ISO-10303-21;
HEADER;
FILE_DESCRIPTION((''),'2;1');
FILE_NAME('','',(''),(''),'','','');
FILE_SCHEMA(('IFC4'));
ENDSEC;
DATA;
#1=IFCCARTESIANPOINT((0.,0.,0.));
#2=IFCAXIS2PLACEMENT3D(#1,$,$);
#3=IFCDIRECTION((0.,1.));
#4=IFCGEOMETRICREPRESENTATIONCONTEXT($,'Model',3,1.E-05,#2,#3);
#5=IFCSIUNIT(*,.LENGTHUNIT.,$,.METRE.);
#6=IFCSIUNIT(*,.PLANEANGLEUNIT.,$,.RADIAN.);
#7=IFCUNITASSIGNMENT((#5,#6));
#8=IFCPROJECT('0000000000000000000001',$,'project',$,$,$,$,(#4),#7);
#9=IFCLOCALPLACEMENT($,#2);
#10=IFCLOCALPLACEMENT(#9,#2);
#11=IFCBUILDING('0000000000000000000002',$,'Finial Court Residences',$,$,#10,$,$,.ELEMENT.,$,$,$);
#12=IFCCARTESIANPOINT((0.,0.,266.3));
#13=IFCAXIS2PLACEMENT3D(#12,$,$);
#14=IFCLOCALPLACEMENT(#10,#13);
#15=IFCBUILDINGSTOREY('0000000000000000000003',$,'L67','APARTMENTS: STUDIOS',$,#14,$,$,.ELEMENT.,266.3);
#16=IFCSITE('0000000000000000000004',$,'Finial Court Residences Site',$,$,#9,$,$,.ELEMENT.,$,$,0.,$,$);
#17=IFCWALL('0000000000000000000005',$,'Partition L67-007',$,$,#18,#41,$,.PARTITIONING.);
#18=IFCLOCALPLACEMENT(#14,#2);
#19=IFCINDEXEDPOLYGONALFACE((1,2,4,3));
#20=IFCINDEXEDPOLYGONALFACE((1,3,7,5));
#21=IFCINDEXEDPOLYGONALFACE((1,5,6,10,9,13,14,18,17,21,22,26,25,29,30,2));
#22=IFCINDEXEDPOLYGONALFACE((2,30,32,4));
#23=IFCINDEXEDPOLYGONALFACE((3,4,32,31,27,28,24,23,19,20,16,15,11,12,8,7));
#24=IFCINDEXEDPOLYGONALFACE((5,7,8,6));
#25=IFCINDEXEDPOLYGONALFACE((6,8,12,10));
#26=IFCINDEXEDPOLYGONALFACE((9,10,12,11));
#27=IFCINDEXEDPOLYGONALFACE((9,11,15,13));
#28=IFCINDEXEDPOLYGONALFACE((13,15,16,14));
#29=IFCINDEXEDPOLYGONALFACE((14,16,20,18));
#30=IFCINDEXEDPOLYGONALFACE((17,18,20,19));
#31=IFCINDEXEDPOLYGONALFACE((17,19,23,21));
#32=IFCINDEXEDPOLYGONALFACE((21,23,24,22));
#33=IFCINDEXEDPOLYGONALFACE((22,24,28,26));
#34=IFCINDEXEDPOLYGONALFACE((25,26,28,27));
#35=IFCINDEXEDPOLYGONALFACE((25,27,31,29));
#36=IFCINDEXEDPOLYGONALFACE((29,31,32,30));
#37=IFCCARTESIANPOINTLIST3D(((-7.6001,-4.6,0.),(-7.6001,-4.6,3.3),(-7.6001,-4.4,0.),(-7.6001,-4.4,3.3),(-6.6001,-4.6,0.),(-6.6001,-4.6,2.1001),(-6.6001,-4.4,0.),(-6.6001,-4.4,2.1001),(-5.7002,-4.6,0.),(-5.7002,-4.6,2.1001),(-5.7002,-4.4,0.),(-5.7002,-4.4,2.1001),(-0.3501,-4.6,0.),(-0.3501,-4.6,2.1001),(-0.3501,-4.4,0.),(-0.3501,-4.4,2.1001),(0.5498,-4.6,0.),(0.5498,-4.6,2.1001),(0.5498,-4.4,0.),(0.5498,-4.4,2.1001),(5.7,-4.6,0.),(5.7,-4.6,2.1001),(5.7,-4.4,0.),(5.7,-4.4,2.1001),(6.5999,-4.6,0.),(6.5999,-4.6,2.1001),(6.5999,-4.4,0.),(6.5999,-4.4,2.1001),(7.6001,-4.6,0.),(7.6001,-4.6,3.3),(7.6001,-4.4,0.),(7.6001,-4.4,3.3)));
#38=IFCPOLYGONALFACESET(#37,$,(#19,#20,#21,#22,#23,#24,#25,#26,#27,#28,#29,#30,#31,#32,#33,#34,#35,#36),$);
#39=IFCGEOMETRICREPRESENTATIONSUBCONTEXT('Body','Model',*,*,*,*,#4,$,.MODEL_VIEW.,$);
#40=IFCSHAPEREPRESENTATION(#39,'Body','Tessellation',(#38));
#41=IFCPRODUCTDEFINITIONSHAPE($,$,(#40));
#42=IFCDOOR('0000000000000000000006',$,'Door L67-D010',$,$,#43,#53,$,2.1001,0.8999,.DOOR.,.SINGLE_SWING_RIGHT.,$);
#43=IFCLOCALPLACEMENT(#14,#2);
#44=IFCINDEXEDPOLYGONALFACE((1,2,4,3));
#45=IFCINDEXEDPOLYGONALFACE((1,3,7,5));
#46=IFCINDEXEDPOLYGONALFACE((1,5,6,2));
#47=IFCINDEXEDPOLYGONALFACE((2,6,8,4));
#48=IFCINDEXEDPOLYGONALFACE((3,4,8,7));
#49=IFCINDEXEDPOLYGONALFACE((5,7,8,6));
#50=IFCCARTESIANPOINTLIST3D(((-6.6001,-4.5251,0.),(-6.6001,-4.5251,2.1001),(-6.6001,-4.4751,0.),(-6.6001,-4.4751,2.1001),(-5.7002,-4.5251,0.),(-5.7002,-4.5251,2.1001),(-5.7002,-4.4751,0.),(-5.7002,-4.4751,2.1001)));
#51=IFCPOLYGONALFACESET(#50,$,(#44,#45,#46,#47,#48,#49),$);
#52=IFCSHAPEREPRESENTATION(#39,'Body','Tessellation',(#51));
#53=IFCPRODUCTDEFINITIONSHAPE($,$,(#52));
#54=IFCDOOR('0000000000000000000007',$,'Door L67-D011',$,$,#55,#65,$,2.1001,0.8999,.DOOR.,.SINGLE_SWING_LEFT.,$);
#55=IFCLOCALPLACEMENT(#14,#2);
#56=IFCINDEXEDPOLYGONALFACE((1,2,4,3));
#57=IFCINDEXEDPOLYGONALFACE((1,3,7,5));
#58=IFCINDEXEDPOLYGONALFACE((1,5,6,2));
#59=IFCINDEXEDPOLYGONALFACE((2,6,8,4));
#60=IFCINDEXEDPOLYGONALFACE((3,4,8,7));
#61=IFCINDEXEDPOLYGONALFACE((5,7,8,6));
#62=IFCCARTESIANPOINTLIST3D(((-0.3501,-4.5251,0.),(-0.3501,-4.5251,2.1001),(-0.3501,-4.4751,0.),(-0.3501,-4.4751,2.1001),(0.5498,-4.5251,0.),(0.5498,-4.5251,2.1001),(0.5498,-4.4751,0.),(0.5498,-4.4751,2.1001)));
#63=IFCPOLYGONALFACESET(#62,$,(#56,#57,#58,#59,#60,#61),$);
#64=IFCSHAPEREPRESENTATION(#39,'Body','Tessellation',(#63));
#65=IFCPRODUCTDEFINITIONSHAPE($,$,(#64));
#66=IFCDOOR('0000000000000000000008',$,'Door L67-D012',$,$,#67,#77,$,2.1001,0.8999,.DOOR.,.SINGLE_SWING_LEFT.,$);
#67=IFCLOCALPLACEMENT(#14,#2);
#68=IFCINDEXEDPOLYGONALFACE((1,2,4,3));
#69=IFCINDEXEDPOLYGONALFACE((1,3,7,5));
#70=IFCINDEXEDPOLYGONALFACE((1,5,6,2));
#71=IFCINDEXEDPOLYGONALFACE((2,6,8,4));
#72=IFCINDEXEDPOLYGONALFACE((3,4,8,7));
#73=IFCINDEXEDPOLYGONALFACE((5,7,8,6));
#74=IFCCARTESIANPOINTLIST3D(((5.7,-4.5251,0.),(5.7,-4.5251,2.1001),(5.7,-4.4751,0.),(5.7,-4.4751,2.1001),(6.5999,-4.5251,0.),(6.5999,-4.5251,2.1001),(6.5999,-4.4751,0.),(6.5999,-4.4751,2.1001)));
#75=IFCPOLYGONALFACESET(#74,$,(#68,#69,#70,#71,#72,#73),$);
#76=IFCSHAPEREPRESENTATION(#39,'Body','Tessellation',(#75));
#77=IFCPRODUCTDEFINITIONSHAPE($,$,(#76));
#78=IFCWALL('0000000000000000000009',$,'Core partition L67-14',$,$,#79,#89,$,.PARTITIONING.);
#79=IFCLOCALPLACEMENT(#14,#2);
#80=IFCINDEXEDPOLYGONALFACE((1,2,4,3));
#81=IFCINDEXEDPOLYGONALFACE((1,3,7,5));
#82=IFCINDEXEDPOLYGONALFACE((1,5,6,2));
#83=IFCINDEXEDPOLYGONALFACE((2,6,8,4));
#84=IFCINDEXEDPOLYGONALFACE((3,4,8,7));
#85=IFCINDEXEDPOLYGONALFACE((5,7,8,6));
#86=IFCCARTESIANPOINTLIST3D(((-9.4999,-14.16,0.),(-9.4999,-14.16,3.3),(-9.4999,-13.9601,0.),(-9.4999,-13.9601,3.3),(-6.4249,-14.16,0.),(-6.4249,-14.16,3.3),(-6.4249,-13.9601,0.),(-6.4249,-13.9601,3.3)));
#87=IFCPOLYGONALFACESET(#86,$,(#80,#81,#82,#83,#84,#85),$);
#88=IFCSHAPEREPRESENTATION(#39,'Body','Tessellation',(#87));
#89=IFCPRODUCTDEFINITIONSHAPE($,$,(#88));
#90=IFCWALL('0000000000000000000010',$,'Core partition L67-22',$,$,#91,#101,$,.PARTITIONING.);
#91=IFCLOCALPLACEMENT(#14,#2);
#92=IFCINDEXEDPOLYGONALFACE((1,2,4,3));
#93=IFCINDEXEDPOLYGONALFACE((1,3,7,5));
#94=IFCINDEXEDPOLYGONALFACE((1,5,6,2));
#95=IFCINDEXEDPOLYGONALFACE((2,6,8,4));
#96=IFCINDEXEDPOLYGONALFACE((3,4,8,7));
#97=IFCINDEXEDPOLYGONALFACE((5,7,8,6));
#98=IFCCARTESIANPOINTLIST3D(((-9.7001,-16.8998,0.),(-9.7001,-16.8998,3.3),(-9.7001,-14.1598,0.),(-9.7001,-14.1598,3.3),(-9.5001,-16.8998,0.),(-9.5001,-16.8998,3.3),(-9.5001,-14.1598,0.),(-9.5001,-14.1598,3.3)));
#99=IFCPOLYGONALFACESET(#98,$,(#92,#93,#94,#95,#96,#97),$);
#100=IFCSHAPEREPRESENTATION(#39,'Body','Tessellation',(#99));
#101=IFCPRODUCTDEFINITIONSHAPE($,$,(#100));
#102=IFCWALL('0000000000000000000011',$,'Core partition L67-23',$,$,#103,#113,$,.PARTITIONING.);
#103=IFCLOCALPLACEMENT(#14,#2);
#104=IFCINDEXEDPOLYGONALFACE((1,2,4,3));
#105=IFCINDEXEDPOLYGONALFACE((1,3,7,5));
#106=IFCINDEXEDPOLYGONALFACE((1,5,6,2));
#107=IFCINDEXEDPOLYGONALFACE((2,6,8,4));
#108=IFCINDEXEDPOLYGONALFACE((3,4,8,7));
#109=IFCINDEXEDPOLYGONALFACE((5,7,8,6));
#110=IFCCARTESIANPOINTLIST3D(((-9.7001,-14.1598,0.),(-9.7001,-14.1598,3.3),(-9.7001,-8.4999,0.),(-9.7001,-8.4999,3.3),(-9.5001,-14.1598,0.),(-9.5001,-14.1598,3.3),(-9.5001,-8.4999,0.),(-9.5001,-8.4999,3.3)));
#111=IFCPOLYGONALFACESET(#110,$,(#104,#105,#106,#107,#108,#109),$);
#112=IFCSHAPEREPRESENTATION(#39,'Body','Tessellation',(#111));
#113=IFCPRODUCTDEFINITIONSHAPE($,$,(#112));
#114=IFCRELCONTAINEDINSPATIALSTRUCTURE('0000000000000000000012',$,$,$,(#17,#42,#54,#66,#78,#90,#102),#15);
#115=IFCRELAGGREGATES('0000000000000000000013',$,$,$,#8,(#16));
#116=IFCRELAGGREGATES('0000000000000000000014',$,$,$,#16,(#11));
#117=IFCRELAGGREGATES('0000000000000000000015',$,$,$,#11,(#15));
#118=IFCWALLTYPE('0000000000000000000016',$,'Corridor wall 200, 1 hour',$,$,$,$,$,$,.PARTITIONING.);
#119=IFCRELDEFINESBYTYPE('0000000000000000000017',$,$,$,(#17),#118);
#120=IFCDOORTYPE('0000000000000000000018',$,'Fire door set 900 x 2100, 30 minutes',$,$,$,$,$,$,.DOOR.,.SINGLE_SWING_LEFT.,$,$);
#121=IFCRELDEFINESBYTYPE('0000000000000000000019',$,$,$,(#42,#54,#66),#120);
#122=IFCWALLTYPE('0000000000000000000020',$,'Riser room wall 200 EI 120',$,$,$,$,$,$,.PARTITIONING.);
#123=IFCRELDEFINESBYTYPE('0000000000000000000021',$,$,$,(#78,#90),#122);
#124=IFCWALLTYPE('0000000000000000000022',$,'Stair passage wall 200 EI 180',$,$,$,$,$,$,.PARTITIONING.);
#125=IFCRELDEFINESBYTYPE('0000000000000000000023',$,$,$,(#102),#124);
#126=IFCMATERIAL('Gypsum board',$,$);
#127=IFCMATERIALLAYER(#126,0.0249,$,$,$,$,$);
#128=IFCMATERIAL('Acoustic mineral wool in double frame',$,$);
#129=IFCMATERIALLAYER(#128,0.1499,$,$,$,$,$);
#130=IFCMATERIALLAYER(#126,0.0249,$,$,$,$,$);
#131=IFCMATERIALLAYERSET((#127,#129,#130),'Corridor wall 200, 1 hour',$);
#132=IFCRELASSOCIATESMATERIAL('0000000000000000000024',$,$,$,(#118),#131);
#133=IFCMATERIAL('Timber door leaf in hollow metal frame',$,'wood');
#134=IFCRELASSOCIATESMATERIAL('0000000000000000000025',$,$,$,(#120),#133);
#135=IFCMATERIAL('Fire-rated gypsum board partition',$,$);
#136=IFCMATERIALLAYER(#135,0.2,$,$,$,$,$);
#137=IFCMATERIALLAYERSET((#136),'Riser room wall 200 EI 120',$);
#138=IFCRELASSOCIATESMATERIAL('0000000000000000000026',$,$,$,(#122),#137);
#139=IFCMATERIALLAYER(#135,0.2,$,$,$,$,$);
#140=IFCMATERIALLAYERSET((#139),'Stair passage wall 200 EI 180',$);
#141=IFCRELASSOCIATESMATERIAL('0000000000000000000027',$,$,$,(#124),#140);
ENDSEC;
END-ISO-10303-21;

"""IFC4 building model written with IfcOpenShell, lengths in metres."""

from ifc_helpers import new_model, si_unit, direction, frame, frame_2d, origin, place, context, subcontext, project, spatial, rectangle, extrude, material, layer, layer_set, type_object, element, fill, save


model = new_model("IFC4")

# Units and contexts
model_context = context("Model", 3, precision=1e-05, world=origin(), true_north=direction((0.0, 1.0)))
body_context = subcontext(model_context, "Body", "Model", "MODEL_VIEW")
ifc_project = project(units=[si_unit("LENGTHUNIT", "METRE"), si_unit("PLANEANGLEUNIT", "RADIAN")], contexts=[model_context])

# Site, building, storey
site_placement = place(None, origin())
site = spatial("IfcSite", under=ifc_project, at=site_placement, Name="Finial Court Residences Site", CompositionType="ELEMENT", RefElevation=0.0)
building_placement = place(site_placement, origin())
building = spatial("IfcBuilding", under=site, at=building_placement, Name="Finial Court Residences", CompositionType="ELEMENT")
storey_placement = place(building_placement, frame((0.0, 0.0, 266.3)))
storey = spatial("IfcBuildingStorey", under=building, at=storey_placement, Name="L67", Description="APARTMENTS: STUDIOS", CompositionType="ELEMENT", Elevation=266.3)

# Shared definitions
ifc_material_1 = material(Name="Fire-rated gypsum board partition")

# Wall, openings, doors
ifc_material_2 = material(Name="Gypsum board")
ifc_layer_1 = layer(ifc_material_2, 0.0249)
ifc_material_3 = material(Name="Acoustic mineral wool in double frame")
ifc_layer_2 = layer(ifc_material_3, 0.1499)
ifc_layer_3 = layer(ifc_material_2, 0.0249)
ifc_layer_set_1 = layer_set([ifc_layer_1, ifc_layer_2, ifc_layer_3], Name="Corridor wall 200, 1 hour")
wall_type_1 = type_object("IfcWallType", Name="Corridor wall 200, 1 hour", PredefinedType="PARTITIONING", material=ifc_layer_set_1)
wall_1_placement = place(storey_placement, frame((-7.6001, -4.5, 0.0), z_axis=(0.0, 0.0, 1.0), x_axis=(1.0, 0.0, 0.0)))
wall_1 = element("IfcWall", 1, at=wall_1_placement, inside=storey, type_object=wall_type_1, Name="Partition L67-007", PredefinedType="PARTITIONING", context=body_context, shape_type="SweptSolid", body=[
    extrude(rectangle(XDim=15.2002, YDim=0.2, at=frame_2d((7.6001, 0.0))), origin(), (0.0, 0.0, 1.0), 3.3),
])
opening_1_placement = place(wall_1_placement, frame((1.0, 0.0, 0.0)))
opening_1 = element("IfcOpeningElement", 2, at=opening_1_placement, cuts=wall_1, PredefinedType="OPENING", context=body_context, shape_type="SweptSolid", body=[
    extrude(rectangle(XDim=0.8999, YDim=2.1001, at=frame_2d((0.45, 1.05))), frame((0.0, 0.1099, 0.0), z_axis=(0.0, -1.0, 0.0), x_axis=(1.0, 0.0, 0.0)), (0.0, 0.0, 1.0), 0.22),
])
opening_2_placement = place(wall_1_placement, frame((7.25, 0.0, 0.0)))
opening_2 = element("IfcOpeningElement", 3, at=opening_2_placement, cuts=wall_1, PredefinedType="OPENING", context=body_context, shape_type="SweptSolid", body=[
    extrude(rectangle(XDim=0.8999, YDim=2.1001, at=frame_2d((0.45, 1.05))), frame((0.0, 0.1099, 0.0), z_axis=(0.0, -1.0, 0.0), x_axis=(1.0, 0.0, 0.0)), (0.0, 0.0, 1.0), 0.22),
])
opening_3_placement = place(wall_1_placement, frame((13.3, 0.0, 0.0)))
opening_3 = element("IfcOpeningElement", 4, at=opening_3_placement, cuts=wall_1, PredefinedType="OPENING", context=body_context, shape_type="SweptSolid", body=[
    extrude(rectangle(XDim=0.8999, YDim=2.1001, at=frame_2d((0.45, 1.05))), frame((0.0, 0.1099, 0.0), z_axis=(0.0, -1.0, 0.0), x_axis=(1.0, 0.0, 0.0)), (0.0, 0.0, 1.0), 0.22),
])
ifc_material_4 = material(Name="Timber door leaf in hollow metal frame", Category="wood")
door_type_1 = type_object("IfcDoorType", Name="Fire door set 900 x 2100, 30 minutes", OperationType="SINGLE_SWING_LEFT", PredefinedType="DOOR", material=ifc_material_4)
door_1_placement = place(opening_1_placement, origin())
door_1 = element("IfcDoor", 5, at=door_1_placement, inside=storey, type_object=door_type_1, Name="Door L67-D010", OperationType="SINGLE_SWING_RIGHT", OverallHeight=2.1001, OverallWidth=0.8999, PredefinedType="DOOR", context=body_context, shape_type="SweptSolid", body=[
    extrude(rectangle(XDim=0.8999, YDim=2.1001, at=frame_2d((0.45, 1.05))), frame((0.0, 0.0249, 0.0), z_axis=(0.0, -1.0, 0.0), x_axis=(1.0, 0.0, 0.0)), (0.0, 0.0, 1.0), 0.05),
])
fill(opening_1, door_1)
door_2_placement = place(opening_2_placement, origin())
door_2 = element("IfcDoor", 6, at=door_2_placement, inside=storey, type_object=door_type_1, Name="Door L67-D011", OperationType="SINGLE_SWING_LEFT", OverallHeight=2.1001, OverallWidth=0.8999, PredefinedType="DOOR", context=body_context, shape_type="SweptSolid", body=[
    extrude(rectangle(XDim=0.8999, YDim=2.1001, at=frame_2d((0.45, 1.05))), frame((0.0, 0.0249, 0.0), z_axis=(0.0, -1.0, 0.0), x_axis=(1.0, 0.0, 0.0)), (0.0, 0.0, 1.0), 0.05),
])
fill(opening_2, door_2)
door_3_placement = place(opening_3_placement, origin())
door_3 = element("IfcDoor", 7, at=door_3_placement, inside=storey, type_object=door_type_1, Name="Door L67-D012", OperationType="SINGLE_SWING_LEFT", OverallHeight=2.1001, OverallWidth=0.8999, PredefinedType="DOOR", context=body_context, shape_type="SweptSolid", body=[
    extrude(rectangle(XDim=0.8999, YDim=2.1001, at=frame_2d((0.45, 1.05))), frame((0.0, 0.0249, 0.0), z_axis=(0.0, -1.0, 0.0), x_axis=(1.0, 0.0, 0.0)), (0.0, 0.0, 1.0), 0.05),
])
fill(opening_3, door_3)

# Walls
ifc_layer_4 = layer(ifc_material_1, 0.2)
ifc_layer_set_2 = layer_set([ifc_layer_4], Name="Riser room wall 200 EI 120")
wall_type_2 = type_object("IfcWallType", Name="Riser room wall 200 EI 120", PredefinedType="PARTITIONING", material=ifc_layer_set_2)
wall_2_placement = place(storey_placement, frame((-9.5, -14.0601, 0.0), z_axis=(0.0, 0.0, 1.0), x_axis=(1.0, 0.0, 0.0)))
element("IfcWall", 8, at=wall_2_placement, inside=storey, type_object=wall_type_2, Name="Core partition L67-14", PredefinedType="PARTITIONING", context=body_context, shape_type="SweptSolid", body=[
    extrude(rectangle(XDim=3.075, YDim=0.2, at=frame_2d((1.5376, 0.0))), origin(), (0.0, 0.0, 1.0), 3.3),
])
wall_3_placement = place(storey_placement, frame((-9.6001, -16.8999, 0.0), z_axis=(0.0, 0.0, 1.0), x_axis=(0.0, 1.0, 0.0)))
element("IfcWall", 9, at=wall_3_placement, inside=storey, type_object=wall_type_2, Name="Core partition L67-22", PredefinedType="PARTITIONING", context=body_context, shape_type="SweptSolid", body=[
    extrude(rectangle(XDim=2.74, YDim=0.2, at=frame_2d((1.3701, 0.0))), origin(), (0.0, 0.0, 1.0), 3.3),
])
ifc_layer_5 = layer(ifc_material_1, 0.2)
ifc_layer_set_3 = layer_set([ifc_layer_5], Name="Stair passage wall 200 EI 180")
wall_type_3 = type_object("IfcWallType", Name="Stair passage wall 200 EI 180", PredefinedType="PARTITIONING", material=ifc_layer_set_3)
wall_4_placement = place(storey_placement, frame((-9.6001, -14.1599, 0.0), z_axis=(0.0, 0.0, 1.0), x_axis=(0.0, 1.0, 0.0)))
element("IfcWall", 10, at=wall_4_placement, inside=storey, type_object=wall_type_3, Name="Core partition L67-23", PredefinedType="PARTITIONING", context=body_context, shape_type="SweptSolid", body=[
    extrude(rectangle(XDim=5.6599, YDim=0.2, at=frame_2d((2.8301, 0.0))), origin(), (0.0, 0.0, 1.0), 3.3),
])

save(model, "model.ifc")
